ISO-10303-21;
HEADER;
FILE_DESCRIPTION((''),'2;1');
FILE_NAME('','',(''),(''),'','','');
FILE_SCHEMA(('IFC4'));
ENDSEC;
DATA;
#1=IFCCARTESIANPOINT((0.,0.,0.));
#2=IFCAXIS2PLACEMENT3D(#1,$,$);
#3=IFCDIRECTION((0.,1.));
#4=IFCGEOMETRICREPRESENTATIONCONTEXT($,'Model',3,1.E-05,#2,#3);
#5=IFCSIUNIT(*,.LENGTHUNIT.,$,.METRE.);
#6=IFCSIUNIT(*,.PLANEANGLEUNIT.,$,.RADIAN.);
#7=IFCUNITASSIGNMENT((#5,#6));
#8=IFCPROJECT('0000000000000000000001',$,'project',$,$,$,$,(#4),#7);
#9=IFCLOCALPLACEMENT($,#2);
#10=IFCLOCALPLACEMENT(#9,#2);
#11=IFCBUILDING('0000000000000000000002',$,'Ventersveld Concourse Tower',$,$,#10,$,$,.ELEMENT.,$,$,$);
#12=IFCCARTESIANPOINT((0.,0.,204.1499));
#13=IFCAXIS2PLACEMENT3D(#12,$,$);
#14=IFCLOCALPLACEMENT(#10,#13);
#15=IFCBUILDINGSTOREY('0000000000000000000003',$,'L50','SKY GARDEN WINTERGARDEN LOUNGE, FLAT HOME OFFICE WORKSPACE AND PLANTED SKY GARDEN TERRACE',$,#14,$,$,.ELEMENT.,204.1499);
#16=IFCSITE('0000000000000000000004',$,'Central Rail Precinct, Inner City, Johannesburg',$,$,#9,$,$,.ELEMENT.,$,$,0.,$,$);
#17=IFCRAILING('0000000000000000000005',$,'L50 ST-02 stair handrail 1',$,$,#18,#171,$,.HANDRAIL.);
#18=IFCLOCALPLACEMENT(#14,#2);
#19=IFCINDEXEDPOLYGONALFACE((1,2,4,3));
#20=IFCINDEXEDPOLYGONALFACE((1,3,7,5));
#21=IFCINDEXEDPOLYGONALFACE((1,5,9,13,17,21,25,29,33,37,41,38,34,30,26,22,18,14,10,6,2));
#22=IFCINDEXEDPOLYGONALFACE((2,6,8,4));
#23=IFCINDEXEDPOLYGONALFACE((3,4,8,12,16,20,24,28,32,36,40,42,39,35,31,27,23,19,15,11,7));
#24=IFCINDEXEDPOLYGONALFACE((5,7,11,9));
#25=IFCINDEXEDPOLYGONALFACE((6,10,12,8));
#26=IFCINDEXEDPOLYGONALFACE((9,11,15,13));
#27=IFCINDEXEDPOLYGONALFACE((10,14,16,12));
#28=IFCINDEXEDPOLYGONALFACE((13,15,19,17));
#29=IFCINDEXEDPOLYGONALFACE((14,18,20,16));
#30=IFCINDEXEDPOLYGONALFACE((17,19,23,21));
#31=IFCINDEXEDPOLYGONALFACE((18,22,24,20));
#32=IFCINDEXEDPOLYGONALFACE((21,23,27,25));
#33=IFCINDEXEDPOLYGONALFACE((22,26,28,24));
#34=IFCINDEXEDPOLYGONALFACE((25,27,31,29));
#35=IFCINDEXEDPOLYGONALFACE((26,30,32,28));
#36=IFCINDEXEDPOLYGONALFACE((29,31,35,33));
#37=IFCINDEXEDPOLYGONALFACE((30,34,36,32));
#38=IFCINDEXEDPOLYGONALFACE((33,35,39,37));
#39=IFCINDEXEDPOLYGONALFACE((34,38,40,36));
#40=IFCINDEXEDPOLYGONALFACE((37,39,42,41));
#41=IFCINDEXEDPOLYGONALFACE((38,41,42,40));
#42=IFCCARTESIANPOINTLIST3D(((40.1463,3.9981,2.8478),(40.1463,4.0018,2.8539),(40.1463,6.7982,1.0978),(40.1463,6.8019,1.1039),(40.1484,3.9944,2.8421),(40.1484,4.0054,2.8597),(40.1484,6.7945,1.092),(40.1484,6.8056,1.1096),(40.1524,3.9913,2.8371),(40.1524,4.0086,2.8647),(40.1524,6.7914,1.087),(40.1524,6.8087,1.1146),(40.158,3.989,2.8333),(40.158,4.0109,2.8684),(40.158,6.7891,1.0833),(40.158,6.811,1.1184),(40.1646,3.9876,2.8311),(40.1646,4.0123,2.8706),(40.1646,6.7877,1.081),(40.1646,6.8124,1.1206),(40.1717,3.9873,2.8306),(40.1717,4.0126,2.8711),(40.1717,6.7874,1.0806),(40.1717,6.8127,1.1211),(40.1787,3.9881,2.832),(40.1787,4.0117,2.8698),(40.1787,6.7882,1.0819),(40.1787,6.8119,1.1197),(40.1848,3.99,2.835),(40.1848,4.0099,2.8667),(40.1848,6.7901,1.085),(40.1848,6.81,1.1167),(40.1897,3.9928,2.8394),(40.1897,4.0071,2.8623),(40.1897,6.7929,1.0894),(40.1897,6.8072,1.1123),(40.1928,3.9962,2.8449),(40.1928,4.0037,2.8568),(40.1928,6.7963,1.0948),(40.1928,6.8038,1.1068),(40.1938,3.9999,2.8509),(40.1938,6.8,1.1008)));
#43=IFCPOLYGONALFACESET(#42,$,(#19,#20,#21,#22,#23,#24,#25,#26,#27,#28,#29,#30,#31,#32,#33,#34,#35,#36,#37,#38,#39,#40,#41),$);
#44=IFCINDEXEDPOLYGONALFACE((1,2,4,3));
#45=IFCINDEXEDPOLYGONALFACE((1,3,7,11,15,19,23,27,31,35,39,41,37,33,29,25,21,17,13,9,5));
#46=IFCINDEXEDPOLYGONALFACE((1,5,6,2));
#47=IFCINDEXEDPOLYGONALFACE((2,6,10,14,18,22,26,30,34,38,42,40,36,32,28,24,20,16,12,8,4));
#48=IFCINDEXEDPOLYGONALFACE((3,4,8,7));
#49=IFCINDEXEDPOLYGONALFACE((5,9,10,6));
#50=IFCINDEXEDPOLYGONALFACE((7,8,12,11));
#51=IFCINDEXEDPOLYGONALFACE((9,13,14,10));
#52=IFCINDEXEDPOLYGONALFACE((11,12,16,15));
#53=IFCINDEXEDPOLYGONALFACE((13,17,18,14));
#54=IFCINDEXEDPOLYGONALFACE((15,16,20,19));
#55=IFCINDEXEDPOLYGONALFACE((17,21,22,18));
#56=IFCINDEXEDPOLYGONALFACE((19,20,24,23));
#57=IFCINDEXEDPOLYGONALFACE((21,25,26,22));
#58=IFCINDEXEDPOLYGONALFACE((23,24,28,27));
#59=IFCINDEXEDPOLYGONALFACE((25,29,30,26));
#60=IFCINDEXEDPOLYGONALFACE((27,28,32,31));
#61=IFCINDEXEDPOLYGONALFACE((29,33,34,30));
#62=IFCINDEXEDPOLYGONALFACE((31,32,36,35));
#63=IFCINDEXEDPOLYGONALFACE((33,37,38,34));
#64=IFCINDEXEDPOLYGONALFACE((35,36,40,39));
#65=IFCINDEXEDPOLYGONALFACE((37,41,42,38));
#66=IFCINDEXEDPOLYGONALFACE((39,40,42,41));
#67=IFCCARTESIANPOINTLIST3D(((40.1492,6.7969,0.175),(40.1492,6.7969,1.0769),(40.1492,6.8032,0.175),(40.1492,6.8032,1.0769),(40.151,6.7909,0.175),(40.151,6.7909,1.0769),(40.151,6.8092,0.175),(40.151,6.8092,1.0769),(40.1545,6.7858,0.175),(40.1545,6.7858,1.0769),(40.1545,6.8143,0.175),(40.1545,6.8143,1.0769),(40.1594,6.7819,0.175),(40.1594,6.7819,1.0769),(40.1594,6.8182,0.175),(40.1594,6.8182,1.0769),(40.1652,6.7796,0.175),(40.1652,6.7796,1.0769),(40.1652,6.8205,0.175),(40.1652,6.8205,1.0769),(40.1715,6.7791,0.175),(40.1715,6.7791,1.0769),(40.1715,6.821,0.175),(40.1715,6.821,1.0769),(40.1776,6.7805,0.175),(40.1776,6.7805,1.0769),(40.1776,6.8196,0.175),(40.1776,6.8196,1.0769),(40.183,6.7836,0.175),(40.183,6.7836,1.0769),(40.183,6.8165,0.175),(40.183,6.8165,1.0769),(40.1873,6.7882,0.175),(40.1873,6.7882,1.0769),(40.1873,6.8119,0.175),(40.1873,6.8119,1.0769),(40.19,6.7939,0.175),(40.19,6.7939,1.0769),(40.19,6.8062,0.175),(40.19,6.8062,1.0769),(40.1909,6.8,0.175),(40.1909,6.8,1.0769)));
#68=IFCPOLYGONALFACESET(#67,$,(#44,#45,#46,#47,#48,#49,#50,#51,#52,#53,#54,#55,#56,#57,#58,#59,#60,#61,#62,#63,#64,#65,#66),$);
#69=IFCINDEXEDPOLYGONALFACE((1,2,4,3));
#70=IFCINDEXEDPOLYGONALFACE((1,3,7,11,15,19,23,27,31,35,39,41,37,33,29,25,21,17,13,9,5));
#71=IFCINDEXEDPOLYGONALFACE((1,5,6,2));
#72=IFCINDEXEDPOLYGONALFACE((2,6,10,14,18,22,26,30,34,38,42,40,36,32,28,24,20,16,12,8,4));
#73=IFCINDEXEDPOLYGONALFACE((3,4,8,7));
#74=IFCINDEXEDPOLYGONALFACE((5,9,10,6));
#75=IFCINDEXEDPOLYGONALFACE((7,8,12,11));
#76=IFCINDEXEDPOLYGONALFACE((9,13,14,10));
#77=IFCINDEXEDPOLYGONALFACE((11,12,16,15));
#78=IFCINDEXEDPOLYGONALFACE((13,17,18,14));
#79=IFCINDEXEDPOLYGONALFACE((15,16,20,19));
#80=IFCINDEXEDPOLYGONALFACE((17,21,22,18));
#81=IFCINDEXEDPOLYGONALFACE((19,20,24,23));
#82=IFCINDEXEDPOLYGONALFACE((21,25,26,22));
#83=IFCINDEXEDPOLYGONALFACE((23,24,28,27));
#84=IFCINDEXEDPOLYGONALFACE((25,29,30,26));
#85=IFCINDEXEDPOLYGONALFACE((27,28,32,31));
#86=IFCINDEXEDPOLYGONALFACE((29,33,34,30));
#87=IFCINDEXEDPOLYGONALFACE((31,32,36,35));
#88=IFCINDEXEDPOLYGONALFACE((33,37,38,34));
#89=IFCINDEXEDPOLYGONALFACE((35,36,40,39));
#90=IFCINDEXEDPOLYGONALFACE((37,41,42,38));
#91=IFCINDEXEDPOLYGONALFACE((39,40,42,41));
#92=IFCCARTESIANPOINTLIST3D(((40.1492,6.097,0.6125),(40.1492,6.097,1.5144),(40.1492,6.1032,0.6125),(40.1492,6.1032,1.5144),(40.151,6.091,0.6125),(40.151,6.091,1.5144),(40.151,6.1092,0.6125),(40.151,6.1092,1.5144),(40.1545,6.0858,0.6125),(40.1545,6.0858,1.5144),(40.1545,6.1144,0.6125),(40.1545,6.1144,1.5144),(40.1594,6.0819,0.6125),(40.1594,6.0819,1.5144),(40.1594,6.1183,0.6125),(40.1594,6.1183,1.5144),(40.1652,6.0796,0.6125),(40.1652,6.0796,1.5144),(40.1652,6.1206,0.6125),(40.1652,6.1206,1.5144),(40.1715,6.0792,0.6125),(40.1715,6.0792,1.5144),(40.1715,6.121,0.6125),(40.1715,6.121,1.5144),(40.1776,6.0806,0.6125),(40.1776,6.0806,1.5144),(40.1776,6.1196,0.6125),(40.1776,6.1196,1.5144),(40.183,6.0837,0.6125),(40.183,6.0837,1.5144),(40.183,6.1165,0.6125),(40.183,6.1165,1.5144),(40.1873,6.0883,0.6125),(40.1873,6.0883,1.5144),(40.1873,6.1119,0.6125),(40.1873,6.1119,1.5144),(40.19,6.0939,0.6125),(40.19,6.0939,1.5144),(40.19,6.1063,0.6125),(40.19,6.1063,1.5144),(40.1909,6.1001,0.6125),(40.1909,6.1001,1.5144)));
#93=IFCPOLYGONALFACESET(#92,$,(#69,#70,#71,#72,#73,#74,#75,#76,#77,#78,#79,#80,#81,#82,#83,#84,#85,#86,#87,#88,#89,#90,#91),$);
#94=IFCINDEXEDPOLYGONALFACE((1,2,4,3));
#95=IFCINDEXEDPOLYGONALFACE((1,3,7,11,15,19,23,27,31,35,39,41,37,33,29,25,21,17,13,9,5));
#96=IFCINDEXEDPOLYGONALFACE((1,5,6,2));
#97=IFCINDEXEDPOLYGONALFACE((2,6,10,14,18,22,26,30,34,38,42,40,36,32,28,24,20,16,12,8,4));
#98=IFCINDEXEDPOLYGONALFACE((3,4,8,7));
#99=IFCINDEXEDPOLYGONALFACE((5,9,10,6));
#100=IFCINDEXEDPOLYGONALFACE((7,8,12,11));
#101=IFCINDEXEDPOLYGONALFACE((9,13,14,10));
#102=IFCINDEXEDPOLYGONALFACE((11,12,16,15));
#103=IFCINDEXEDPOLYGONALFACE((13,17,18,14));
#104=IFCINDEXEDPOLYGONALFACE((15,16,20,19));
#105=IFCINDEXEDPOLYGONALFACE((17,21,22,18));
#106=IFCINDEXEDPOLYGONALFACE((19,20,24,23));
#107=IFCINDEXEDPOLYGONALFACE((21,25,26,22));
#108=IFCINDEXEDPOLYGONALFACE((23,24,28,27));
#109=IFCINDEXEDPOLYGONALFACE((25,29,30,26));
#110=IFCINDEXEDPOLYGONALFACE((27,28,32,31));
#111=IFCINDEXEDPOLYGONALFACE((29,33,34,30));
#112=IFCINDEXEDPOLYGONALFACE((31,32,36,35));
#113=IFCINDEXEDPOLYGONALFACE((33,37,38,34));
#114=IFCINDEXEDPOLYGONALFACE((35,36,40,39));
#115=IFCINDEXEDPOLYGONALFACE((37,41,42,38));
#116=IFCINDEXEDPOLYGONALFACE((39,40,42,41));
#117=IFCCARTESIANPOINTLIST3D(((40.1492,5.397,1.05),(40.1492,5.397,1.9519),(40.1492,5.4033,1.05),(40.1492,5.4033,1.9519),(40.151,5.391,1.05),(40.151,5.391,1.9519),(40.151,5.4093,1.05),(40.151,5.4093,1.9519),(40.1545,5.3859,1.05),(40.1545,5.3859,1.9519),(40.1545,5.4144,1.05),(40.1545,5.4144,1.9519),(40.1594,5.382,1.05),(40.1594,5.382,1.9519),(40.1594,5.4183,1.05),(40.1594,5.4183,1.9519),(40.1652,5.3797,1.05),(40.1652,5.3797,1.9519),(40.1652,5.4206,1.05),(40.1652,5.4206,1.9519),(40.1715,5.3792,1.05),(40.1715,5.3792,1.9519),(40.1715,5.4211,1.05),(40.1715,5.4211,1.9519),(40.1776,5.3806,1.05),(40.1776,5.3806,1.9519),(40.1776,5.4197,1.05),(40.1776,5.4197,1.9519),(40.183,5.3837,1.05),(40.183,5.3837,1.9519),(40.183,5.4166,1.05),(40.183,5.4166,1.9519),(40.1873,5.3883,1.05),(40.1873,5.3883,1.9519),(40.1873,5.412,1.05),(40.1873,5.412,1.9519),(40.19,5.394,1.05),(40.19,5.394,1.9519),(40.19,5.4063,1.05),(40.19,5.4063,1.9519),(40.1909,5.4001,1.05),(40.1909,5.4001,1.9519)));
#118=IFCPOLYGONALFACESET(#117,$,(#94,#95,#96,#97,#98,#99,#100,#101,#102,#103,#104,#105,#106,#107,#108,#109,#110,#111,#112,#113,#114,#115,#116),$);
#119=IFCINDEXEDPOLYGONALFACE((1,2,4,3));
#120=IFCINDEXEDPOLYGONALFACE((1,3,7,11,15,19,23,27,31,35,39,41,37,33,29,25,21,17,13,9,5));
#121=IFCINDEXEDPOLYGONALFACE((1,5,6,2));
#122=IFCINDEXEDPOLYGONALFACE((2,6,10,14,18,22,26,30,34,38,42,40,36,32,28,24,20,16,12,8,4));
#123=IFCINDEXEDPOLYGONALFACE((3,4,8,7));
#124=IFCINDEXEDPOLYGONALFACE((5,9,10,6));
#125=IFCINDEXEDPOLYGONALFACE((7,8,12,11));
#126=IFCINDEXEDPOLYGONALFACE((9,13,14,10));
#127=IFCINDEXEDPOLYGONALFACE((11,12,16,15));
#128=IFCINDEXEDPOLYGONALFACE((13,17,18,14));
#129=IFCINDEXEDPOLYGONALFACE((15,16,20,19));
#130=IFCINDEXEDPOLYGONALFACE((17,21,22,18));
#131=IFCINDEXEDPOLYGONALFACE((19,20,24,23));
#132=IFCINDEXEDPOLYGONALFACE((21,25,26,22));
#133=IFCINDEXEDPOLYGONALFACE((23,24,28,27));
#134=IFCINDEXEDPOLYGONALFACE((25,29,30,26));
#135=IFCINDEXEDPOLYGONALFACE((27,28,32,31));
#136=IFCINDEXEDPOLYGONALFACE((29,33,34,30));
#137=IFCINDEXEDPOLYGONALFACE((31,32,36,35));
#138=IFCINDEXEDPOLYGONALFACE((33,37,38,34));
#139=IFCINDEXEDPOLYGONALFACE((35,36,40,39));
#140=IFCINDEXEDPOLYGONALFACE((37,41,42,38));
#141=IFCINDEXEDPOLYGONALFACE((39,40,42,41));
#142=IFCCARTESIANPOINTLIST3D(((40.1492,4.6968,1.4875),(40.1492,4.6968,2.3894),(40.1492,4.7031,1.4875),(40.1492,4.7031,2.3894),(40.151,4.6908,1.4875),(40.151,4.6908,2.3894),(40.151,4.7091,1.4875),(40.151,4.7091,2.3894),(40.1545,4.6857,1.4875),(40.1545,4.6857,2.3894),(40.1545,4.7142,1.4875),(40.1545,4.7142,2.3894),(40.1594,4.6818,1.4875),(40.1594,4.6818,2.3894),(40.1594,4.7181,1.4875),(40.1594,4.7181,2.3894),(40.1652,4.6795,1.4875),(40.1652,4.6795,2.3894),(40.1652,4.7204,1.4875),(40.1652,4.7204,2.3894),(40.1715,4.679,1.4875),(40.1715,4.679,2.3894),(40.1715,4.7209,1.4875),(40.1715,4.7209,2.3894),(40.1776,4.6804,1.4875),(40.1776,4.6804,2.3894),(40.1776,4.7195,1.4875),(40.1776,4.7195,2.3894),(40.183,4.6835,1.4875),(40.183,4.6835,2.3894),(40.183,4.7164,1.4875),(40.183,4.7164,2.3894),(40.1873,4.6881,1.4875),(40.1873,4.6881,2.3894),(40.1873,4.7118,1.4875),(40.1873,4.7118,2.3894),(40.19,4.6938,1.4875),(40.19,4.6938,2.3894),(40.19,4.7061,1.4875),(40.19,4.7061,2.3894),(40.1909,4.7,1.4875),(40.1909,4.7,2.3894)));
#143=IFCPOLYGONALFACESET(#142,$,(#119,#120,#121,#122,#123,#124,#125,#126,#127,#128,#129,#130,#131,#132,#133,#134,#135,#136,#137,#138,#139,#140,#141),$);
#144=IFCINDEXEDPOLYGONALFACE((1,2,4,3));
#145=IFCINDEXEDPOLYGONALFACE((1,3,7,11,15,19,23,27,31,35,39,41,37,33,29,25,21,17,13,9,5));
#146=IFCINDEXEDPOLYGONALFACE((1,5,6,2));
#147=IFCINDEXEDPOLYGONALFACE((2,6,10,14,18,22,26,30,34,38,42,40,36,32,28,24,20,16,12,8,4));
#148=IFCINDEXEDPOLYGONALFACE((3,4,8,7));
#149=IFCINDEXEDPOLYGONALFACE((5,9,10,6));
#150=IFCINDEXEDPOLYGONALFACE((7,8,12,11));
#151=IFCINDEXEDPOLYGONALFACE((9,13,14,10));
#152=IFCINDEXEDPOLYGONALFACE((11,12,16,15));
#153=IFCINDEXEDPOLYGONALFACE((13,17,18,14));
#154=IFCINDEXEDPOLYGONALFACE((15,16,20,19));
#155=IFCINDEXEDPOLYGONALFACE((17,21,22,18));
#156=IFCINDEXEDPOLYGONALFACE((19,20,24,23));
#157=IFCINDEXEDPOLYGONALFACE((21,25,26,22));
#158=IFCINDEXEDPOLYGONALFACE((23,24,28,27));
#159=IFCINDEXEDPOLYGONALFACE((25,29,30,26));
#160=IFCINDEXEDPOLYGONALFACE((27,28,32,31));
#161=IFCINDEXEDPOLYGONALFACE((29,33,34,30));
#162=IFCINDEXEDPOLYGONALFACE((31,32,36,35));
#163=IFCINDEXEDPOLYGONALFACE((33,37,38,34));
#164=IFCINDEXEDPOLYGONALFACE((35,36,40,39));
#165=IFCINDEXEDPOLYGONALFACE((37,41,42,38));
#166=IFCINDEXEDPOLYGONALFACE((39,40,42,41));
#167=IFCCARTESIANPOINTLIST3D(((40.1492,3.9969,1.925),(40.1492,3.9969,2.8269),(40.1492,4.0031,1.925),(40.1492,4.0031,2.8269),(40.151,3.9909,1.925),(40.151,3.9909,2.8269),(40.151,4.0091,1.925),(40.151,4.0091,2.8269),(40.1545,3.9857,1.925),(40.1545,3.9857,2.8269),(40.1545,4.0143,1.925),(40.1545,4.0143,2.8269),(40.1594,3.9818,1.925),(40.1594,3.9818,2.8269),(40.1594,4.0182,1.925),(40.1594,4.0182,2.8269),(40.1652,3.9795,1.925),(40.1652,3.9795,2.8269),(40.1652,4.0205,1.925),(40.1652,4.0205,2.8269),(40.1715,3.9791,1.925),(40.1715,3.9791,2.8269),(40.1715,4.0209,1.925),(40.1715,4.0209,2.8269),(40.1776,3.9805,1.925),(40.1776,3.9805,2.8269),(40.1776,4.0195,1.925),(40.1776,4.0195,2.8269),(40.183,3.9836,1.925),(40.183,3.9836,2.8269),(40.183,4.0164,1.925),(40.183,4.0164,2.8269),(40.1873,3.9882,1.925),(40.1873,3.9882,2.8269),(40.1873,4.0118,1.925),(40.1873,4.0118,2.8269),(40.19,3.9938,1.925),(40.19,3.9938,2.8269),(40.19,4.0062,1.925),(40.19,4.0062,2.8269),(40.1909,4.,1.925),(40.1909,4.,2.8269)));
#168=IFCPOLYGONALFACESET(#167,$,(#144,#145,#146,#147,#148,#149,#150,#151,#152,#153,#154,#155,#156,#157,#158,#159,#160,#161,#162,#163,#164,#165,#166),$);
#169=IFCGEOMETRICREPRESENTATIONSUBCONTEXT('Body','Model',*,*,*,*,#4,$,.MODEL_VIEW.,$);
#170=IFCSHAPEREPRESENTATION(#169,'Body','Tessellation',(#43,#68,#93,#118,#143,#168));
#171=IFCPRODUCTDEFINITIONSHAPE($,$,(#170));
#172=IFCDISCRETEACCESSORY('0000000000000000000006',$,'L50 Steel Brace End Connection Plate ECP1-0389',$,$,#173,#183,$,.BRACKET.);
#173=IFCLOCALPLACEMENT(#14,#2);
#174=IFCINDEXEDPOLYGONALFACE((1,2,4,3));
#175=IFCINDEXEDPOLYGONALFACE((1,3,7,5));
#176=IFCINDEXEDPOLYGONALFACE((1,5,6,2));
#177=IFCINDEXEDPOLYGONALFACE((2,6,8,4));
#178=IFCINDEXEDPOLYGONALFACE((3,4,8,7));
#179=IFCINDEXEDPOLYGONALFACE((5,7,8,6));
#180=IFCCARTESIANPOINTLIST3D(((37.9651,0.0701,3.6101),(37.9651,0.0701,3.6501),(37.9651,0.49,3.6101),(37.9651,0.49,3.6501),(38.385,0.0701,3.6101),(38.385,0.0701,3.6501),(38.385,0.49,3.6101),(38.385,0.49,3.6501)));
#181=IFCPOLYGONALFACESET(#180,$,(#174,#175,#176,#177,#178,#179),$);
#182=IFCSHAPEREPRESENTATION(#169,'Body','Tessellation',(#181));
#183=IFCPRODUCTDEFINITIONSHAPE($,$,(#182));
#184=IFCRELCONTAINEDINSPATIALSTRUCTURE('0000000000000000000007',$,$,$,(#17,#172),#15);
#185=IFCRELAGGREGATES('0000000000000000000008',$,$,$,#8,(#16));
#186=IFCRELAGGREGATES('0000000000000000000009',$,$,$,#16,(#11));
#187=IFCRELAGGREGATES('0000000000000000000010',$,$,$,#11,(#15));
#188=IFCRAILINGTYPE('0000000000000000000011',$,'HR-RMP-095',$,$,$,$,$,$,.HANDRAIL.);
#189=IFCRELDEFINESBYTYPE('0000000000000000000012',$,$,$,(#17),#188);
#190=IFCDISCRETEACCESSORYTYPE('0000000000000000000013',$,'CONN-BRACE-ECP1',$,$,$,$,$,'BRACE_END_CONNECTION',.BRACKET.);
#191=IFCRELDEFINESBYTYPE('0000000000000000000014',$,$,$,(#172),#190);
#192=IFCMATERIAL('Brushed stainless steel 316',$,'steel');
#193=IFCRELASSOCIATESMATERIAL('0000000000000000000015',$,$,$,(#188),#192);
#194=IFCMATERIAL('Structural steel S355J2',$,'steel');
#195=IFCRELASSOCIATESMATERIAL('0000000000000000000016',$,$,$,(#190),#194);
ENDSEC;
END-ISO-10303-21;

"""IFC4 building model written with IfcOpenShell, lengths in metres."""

from ifc_helpers import new_model, si_unit, direction, frame, origin, origin_2d, place, context, subcontext, project, spatial, rectangle, circle, extrude, material, type_object, element, save


model = new_model("IFC4")

# Units and contexts
model_context = context("Model", 3, precision=1e-05, world=origin(), true_north=direction((0.0, 1.0)))
body_context = subcontext(model_context, "Body", "Model", "MODEL_VIEW")
ifc_project = project(units=[si_unit("LENGTHUNIT", "METRE"), si_unit("PLANEANGLEUNIT", "RADIAN")], contexts=[model_context])

# Site, building, storey
site_placement = place(None, origin())
site = spatial("IfcSite", under=ifc_project, at=site_placement, Name="Central Rail Precinct, Inner City, Johannesburg", CompositionType="ELEMENT", RefElevation=0.0)
building_placement = place(site_placement, origin())
building = spatial("IfcBuilding", under=site, at=building_placement, Name="Ventersveld Concourse Tower", CompositionType="ELEMENT")
storey_placement = place(building_placement, frame((0.0, 0.0, 204.1499)))
storey = spatial("IfcBuildingStorey", under=building, at=storey_placement, Name="L50", Description="SKY GARDEN WINTERGARDEN LOUNGE, FLAT HOME OFFICE WORKSPACE AND PLANTED SKY GARDEN TERRACE", CompositionType="ELEMENT", Elevation=204.1499)

# Shared definitions
ifc_material_1 = material(Name="Brushed stainless steel 316", Category="steel")

# Railing
railing_type_1 = type_object("IfcRailingType", Name="HR-RMP-095", PredefinedType="HANDRAIL", material=ifc_material_1)
railing_1_placement = place(storey_placement, frame((40.1699, 6.8, 0.175)))
element("IfcRailing", 1, at=railing_1_placement, inside=storey, type_object=railing_type_1, Name="L50 ST-02 stair handrail 1", PredefinedType="HANDRAIL", context=body_context, shape_type="SweptSolid", body=[
    extrude(circle(Radius=0.0239, at=origin_2d()), frame((0.0, 0.0, 0.9258), z_axis=(0.0, -0.848002, 0.529992), x_axis=(1.0, 0.0, 0.0)), (0.0, 0.0, 1.0), 3.302),
    extrude(circle(Radius=0.021, at=origin_2d()), origin(), (0.0, 0.0, 1.0), 0.9019),
    extrude(circle(Radius=0.021, at=origin_2d()), frame((0.0, -0.7, 0.4375)), (0.0, 0.0, 1.0), 0.9019),
    extrude(circle(Radius=0.021, at=origin_2d()), frame((0.0, -1.3999, 0.875)), (0.0, 0.0, 1.0), 0.9019),
    extrude(circle(Radius=0.021, at=origin_2d()), frame((0.0, -2.1001, 1.3125)), (0.0, 0.0, 1.0), 0.9019),
    extrude(circle(Radius=0.021, at=origin_2d()), frame((0.0, -2.8, 1.75)), (0.0, 0.0, 1.0), 0.9019),
])

# Discrete accessory
ifc_material_2 = material(Name="Structural steel S355J2", Category="steel")
discrete_accessory_type = type_object("IfcDiscreteAccessoryType", Name="CONN-BRACE-ECP1", ElementType="BRACE_END_CONNECTION", PredefinedType="BRACKET", material=ifc_material_2)
discrete_accessory_placement = place(storey_placement, frame((38.175, 0.28, 3.6101), z_axis=(0.0, 0.0, 1.0), x_axis=(1.0, 0.0, 0.0)))
element("IfcDiscreteAccessory", 2, at=discrete_accessory_placement, inside=storey, type_object=discrete_accessory_type, Name="L50 Steel Brace End Connection Plate ECP1-0389", PredefinedType="BRACKET", context=body_context, shape_type="SweptSolid", body=[
    extrude(rectangle(XDim=0.4199, YDim=0.4199, at=origin_2d()), origin(), (0.0, 0.0, 1.0), 0.04),
])

save(model, "model.ifc")
